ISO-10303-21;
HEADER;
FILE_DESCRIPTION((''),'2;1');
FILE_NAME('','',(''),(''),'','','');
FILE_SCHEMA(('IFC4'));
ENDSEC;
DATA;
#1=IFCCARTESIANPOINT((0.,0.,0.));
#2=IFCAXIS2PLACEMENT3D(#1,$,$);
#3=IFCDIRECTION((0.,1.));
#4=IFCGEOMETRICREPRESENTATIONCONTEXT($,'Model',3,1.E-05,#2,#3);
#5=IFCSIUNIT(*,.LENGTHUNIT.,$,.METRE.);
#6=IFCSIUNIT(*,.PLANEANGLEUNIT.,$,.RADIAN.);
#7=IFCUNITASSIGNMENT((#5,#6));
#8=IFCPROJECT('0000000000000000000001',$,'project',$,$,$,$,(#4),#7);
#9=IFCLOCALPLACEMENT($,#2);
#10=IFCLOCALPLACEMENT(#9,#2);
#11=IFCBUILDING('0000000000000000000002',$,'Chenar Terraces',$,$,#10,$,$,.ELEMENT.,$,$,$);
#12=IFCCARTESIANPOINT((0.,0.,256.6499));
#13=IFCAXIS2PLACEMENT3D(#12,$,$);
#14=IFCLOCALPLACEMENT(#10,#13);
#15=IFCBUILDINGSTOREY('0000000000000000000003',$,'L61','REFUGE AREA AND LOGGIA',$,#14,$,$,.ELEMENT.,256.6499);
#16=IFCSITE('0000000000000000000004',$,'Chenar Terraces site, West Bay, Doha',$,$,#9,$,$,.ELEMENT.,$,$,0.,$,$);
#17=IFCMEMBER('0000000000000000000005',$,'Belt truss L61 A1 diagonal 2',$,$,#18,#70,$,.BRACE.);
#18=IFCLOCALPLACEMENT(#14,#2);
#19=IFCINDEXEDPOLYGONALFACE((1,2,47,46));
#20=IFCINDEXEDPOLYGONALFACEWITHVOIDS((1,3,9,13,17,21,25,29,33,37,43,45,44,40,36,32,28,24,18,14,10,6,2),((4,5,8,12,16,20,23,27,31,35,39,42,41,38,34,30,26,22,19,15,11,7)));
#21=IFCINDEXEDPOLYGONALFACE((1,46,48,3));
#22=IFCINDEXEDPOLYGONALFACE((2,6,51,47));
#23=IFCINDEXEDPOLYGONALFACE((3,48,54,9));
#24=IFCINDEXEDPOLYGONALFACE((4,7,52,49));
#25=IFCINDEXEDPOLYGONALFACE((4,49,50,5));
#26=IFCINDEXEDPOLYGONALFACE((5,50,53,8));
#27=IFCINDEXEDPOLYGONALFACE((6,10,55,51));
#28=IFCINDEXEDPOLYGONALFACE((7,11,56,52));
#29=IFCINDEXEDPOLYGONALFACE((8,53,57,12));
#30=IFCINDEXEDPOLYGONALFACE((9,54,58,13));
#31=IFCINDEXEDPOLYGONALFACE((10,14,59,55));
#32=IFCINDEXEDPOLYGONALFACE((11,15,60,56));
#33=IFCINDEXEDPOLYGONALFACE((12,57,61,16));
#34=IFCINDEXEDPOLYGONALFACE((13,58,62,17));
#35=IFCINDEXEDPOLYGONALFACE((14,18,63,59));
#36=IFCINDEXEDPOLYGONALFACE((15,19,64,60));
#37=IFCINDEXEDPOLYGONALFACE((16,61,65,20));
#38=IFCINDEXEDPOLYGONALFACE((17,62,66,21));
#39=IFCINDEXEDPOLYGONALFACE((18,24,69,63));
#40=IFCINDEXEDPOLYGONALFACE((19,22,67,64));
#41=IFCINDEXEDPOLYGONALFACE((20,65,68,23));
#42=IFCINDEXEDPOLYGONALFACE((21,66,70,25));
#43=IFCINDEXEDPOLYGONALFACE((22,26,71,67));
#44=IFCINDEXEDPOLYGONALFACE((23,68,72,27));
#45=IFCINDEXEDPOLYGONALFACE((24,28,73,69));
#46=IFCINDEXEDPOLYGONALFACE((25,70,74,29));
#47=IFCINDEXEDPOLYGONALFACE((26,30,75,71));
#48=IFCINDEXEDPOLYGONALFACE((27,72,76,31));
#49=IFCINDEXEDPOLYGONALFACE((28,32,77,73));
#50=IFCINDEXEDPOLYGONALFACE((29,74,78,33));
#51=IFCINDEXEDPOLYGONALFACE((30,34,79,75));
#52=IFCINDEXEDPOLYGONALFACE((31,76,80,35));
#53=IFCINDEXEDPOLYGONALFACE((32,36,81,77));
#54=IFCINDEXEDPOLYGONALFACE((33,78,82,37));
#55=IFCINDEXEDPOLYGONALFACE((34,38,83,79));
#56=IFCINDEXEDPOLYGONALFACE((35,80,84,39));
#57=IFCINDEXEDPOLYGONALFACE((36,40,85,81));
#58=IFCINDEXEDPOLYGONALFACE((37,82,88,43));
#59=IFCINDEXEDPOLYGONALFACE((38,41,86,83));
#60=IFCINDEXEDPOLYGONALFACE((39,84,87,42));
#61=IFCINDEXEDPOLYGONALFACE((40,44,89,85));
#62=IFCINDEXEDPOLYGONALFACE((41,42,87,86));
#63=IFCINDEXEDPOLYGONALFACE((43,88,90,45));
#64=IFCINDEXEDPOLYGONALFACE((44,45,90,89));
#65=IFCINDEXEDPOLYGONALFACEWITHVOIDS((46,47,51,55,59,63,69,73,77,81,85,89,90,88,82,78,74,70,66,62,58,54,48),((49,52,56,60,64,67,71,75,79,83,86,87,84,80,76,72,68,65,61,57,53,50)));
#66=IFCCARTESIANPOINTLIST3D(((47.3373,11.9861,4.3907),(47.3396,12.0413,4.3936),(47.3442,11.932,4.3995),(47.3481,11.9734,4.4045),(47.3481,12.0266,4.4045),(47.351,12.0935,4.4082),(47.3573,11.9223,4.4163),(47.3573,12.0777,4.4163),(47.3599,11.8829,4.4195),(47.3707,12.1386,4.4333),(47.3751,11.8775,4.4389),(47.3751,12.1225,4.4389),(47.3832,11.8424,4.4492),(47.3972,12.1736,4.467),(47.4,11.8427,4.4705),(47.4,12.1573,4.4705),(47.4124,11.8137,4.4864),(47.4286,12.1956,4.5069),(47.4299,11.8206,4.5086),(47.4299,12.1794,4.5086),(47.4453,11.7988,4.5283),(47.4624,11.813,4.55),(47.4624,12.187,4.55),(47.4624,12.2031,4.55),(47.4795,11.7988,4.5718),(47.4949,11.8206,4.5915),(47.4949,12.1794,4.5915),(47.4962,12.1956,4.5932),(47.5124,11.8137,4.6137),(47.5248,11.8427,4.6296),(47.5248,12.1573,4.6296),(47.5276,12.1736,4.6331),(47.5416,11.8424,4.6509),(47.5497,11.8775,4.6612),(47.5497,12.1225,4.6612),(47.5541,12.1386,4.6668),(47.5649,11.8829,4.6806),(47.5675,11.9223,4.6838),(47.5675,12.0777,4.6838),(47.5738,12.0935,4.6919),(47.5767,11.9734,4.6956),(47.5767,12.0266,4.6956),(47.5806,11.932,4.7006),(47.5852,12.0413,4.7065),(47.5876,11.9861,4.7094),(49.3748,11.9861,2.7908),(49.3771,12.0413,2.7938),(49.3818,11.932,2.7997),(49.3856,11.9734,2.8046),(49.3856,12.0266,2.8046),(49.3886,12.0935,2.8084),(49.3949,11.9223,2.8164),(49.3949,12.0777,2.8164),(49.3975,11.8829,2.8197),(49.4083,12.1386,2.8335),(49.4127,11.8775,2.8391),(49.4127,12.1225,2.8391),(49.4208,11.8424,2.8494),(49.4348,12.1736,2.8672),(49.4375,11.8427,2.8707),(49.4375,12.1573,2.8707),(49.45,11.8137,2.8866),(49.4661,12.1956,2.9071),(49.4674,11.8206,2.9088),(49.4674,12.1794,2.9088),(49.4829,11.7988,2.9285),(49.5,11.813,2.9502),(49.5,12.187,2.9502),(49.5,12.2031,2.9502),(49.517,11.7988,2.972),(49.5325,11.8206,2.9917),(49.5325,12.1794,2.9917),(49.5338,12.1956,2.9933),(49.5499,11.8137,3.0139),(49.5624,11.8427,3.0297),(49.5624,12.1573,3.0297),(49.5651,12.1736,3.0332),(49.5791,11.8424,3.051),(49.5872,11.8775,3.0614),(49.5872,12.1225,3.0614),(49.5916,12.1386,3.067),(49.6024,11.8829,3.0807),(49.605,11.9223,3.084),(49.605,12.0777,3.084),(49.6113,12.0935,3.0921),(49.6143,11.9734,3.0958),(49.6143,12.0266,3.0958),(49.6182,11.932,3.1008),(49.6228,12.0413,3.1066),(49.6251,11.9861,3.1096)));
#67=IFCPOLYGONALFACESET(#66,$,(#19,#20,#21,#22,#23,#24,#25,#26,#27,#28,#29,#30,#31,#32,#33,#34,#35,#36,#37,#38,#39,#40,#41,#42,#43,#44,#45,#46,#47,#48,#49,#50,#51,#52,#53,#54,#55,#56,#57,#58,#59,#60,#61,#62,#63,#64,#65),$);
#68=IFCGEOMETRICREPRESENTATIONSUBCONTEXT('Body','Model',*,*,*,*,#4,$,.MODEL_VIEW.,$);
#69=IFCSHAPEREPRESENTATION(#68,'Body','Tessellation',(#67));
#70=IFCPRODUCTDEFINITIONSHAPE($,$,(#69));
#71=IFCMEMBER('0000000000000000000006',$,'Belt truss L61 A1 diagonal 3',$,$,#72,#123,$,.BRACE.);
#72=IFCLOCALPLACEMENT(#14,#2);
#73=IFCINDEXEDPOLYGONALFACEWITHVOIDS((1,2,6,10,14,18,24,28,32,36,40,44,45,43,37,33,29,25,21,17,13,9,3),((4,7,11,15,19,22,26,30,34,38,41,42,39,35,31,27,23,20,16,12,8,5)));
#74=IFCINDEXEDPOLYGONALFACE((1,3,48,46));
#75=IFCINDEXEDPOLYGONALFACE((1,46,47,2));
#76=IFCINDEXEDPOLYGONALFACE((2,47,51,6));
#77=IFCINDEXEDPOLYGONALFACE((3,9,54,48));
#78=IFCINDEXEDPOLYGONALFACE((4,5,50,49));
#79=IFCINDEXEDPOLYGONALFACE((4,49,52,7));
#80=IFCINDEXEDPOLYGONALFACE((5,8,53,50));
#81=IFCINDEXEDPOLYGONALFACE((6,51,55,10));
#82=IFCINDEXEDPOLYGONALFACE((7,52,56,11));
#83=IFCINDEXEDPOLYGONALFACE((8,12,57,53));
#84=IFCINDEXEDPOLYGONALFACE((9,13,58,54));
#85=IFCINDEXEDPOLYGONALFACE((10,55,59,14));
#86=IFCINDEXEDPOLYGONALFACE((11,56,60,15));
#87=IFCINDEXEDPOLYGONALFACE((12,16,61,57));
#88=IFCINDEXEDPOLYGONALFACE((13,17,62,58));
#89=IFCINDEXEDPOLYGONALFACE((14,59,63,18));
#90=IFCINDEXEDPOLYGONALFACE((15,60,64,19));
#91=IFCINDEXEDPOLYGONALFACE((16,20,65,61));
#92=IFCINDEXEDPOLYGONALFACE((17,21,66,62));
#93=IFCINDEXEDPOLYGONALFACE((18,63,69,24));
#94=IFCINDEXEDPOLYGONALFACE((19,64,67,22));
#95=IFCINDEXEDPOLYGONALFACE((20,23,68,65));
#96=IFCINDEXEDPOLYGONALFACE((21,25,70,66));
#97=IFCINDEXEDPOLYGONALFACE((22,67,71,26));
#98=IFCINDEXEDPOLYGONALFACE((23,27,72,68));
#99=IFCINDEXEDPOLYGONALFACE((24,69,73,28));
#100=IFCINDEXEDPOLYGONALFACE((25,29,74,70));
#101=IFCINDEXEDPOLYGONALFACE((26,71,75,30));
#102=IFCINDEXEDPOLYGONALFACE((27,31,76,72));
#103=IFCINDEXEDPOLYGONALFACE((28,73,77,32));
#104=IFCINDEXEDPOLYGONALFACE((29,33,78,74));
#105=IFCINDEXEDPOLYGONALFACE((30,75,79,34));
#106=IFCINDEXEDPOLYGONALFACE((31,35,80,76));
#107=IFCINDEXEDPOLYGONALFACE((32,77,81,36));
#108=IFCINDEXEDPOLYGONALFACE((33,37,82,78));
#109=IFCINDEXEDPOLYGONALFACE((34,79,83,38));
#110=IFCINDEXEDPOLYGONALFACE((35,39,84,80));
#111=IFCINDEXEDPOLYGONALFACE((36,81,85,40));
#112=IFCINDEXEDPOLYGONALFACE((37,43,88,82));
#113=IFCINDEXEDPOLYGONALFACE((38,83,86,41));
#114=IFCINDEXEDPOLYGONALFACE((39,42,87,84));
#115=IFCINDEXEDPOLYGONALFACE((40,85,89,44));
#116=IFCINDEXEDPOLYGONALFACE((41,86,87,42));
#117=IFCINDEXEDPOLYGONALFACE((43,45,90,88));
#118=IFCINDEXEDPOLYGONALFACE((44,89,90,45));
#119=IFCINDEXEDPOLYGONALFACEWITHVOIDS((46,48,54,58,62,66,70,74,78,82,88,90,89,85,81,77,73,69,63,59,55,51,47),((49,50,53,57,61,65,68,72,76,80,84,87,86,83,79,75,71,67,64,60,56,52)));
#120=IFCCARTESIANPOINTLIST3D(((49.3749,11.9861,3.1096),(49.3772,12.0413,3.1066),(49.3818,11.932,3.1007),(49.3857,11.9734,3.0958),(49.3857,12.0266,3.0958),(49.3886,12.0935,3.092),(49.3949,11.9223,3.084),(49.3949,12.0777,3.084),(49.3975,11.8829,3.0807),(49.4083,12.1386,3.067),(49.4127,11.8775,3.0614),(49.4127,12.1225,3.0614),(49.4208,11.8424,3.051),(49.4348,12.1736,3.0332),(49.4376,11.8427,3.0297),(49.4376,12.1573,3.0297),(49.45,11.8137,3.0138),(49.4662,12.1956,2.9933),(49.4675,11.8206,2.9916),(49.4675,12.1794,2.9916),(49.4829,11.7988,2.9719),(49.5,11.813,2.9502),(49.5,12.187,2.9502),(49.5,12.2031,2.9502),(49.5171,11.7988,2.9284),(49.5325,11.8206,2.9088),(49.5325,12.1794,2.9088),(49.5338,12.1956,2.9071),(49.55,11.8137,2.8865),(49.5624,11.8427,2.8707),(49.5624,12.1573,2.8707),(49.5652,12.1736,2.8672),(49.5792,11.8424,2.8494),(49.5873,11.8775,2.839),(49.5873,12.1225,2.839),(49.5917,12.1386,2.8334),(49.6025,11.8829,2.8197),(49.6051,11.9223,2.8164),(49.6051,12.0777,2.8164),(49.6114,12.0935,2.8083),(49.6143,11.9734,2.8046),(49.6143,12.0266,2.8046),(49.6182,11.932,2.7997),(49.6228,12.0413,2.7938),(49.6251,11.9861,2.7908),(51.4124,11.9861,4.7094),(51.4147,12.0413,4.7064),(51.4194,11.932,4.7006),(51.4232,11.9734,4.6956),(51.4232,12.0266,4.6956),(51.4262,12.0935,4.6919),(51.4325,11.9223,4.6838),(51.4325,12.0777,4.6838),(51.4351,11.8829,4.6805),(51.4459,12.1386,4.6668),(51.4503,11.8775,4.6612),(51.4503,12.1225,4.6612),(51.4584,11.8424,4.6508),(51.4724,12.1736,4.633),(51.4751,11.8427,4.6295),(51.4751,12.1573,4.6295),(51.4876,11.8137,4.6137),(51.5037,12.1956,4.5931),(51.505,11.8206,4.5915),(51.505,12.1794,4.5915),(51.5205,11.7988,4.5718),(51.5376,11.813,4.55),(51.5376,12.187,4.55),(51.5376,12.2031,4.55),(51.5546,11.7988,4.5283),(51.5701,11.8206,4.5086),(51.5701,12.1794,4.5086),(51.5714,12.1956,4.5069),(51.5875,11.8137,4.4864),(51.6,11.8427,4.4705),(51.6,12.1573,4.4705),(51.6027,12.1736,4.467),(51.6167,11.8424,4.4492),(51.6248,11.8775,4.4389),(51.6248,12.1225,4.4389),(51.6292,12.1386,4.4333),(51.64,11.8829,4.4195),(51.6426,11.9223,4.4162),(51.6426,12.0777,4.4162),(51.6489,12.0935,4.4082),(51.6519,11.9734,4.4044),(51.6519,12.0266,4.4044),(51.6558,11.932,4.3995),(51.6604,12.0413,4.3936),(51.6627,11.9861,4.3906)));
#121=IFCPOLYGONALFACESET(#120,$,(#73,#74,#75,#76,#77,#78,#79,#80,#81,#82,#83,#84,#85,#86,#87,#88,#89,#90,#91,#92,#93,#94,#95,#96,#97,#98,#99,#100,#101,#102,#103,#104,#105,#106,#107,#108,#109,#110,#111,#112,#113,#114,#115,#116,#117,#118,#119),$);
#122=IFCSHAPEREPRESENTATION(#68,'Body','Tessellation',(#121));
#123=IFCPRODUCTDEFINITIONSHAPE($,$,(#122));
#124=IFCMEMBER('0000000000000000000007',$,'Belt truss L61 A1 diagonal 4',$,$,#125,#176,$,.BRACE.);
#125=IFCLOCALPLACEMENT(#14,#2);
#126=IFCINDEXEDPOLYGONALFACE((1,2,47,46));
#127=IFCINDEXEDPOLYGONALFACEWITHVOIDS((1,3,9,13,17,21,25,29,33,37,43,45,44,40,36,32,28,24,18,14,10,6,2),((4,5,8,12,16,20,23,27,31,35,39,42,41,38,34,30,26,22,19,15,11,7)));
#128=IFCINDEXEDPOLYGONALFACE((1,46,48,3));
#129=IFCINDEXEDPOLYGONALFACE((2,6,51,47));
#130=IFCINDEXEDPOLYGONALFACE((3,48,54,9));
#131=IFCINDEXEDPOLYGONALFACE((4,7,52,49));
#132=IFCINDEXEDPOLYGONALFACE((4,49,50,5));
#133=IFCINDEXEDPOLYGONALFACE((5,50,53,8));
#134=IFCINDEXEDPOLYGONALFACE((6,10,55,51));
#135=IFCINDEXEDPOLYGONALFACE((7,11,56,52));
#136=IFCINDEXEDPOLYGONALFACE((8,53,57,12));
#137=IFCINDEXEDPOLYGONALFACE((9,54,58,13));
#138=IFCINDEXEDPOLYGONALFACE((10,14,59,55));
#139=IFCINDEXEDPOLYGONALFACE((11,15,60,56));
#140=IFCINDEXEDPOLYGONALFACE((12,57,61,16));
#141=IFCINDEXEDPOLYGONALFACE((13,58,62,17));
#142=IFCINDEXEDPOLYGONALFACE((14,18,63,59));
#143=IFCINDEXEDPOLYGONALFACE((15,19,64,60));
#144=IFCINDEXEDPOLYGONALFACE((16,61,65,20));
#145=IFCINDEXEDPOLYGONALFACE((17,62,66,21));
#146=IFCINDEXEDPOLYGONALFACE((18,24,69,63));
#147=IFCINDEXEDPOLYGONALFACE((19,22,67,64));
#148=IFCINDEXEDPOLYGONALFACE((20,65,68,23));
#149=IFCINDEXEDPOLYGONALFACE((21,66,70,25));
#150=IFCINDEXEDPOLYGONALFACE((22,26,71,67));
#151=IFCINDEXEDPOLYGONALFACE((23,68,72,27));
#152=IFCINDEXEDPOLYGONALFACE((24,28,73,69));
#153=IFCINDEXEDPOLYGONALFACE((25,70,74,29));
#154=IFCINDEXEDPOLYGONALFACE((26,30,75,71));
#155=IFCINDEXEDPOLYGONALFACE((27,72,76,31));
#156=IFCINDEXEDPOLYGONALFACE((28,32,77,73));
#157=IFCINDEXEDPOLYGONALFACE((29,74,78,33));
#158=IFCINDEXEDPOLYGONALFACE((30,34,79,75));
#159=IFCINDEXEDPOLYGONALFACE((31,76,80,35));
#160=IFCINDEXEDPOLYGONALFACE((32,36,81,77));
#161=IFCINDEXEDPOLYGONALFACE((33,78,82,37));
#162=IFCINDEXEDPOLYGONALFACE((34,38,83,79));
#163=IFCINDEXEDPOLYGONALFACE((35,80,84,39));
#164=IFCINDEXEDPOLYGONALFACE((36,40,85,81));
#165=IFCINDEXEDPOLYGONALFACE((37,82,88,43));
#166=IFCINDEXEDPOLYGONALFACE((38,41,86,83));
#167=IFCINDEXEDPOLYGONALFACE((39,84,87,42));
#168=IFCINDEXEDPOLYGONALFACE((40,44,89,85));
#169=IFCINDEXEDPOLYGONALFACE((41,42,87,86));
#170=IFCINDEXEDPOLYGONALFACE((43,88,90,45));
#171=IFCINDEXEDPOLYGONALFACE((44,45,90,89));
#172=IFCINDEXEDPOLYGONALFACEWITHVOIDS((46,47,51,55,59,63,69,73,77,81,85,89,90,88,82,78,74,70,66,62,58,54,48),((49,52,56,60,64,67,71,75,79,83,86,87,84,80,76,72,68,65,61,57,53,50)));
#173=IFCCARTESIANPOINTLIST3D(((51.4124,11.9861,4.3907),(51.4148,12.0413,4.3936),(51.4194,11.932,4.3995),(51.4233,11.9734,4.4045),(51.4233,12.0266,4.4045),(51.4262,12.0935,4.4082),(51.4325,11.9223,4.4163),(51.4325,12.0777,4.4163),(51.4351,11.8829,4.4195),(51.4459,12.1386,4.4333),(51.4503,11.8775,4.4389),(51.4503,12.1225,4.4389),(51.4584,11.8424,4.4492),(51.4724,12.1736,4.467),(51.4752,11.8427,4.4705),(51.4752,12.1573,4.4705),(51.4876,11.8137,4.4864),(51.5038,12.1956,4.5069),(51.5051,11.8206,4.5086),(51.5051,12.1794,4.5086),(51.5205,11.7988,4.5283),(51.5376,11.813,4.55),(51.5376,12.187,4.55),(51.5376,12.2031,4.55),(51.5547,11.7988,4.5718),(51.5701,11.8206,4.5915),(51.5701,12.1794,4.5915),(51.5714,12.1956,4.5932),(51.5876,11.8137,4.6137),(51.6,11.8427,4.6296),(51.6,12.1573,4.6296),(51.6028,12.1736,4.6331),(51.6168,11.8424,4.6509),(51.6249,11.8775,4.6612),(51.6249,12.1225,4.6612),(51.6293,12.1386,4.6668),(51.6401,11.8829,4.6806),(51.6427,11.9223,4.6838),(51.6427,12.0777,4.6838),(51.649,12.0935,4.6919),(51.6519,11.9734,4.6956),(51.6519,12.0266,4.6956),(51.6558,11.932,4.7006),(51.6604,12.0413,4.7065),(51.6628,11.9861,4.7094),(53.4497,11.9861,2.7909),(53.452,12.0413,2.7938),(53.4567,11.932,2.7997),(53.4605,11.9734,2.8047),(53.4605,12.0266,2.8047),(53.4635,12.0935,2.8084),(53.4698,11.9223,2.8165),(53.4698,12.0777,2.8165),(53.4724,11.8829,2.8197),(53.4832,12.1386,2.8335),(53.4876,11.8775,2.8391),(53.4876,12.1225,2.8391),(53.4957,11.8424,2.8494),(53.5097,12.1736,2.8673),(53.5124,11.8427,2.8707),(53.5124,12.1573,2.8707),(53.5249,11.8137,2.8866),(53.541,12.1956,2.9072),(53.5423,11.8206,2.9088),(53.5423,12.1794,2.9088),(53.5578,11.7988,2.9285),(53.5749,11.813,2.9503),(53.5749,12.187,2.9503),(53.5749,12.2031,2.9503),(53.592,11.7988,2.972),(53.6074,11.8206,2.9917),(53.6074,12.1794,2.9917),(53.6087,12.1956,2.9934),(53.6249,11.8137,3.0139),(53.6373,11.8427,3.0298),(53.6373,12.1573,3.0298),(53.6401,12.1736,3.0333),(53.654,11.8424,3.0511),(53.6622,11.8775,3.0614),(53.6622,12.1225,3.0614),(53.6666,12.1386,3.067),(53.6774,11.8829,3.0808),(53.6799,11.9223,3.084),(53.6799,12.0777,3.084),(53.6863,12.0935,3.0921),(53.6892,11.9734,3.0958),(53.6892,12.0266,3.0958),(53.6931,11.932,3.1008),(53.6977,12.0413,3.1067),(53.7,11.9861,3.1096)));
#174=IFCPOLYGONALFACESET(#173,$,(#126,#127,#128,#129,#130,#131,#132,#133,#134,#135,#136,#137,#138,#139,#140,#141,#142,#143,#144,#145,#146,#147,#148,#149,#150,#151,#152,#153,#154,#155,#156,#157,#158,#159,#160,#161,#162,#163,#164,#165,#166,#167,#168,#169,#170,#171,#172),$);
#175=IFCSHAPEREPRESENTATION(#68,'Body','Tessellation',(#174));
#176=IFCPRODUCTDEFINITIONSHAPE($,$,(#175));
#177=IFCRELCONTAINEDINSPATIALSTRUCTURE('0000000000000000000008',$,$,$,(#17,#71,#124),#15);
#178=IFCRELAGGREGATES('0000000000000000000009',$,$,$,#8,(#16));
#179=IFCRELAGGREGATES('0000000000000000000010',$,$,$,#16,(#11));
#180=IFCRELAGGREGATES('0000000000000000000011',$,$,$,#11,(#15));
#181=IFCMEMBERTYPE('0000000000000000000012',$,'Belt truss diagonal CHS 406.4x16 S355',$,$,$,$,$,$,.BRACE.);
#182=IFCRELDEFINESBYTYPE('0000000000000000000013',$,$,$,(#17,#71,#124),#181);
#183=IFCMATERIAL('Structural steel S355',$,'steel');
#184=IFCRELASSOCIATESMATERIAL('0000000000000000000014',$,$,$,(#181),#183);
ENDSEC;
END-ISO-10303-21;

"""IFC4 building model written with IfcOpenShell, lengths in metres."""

from ifc_helpers import new_model, si_unit, direction, frame, origin, origin_2d, place, context, subcontext, project, spatial, hollow_circle, extrude, material, material_profile, profile_set, type_object, element, save


model = new_model("IFC4")

# Units and contexts
model_context = context("Model", 3, precision=1e-05, world=origin(), true_north=direction((0.0, 1.0)))
body_context = subcontext(model_context, "Body", "Model", "MODEL_VIEW")
ifc_project = project(units=[si_unit("LENGTHUNIT", "METRE"), si_unit("PLANEANGLEUNIT", "RADIAN")], contexts=[model_context])

# Site, building, storey
site_placement = place(None, origin())
site = spatial("IfcSite", under=ifc_project, at=site_placement, Name="Chenar Terraces site, West Bay, Doha", CompositionType="ELEMENT", RefElevation=0.0)
building_placement = place(site_placement, origin())
building = spatial("IfcBuilding", under=site, at=building_placement, Name="Chenar Terraces", CompositionType="ELEMENT")
storey_placement = place(building_placement, frame((0.0, 0.0, 256.6499)))
storey = spatial("IfcBuildingStorey", under=building, at=storey_placement, Name="L61", Description="REFUGE AREA AND LOGGIA", CompositionType="ELEMENT", Elevation=256.6499)

# Members
ifc_material_1 = material(Name="Structural steel S355", Category="steel")
ifc_material_profile_1 = material_profile(ifc_material_1, hollow_circle(Radius=0.2031, WallThickness=0.0161, at=origin_2d()), Name="CHS 406.4x16")
ifc_profile_set_1 = profile_set([ifc_material_profile_1], Name="Structural steel S355")
member_type = type_object("IfcMemberType", Name="Belt truss diagonal CHS 406.4x16 S355", PredefinedType="BRACE", material=ifc_profile_set_1)
for number, where, z_axis, x_axis, name in (
    (1, (47.4624, 12.0, 4.55), (0.786528, 0.0, -0.617555), (0.0, 1.0, 0.0), "Belt truss L61 A1 diagonal 2"),
    (2, (49.5, 12.0, 2.9502), (0.786528, 0.0, 0.617555), (0.0, 1.0, 0.0), "Belt truss L61 A1 diagonal 3"),
):
    element("IfcMember", number, at=place(storey_placement, frame(where, z_axis=z_axis, x_axis=x_axis)), inside=storey, type_object=member_type, Name=name, PredefinedType="BRACE", context=body_context, shape_type="SweptSolid", body=[
        extrude(hollow_circle(Radius=0.2031, WallThickness=0.0161, at=origin_2d()), origin(), (0.0, 0.0, 1.0), 2.5906),
    ])
member_1_placement = place(storey_placement, frame((51.5376, 12.0, 4.55), z_axis=(0.786492, 0.0, -0.617601), x_axis=(0.0, 1.0, 0.0)))
element("IfcMember", 3, at=member_1_placement, inside=storey, type_object=member_type, Name="Belt truss L61 A1 diagonal 4", PredefinedType="BRACE", context=body_context, shape_type="SweptSolid", body=[
    extrude(hollow_circle(Radius=0.2031, WallThickness=0.0161, at=origin_2d()), origin(), (0.0, 0.0, 1.0), 2.5903),
])

save(model, "model.ifc")
